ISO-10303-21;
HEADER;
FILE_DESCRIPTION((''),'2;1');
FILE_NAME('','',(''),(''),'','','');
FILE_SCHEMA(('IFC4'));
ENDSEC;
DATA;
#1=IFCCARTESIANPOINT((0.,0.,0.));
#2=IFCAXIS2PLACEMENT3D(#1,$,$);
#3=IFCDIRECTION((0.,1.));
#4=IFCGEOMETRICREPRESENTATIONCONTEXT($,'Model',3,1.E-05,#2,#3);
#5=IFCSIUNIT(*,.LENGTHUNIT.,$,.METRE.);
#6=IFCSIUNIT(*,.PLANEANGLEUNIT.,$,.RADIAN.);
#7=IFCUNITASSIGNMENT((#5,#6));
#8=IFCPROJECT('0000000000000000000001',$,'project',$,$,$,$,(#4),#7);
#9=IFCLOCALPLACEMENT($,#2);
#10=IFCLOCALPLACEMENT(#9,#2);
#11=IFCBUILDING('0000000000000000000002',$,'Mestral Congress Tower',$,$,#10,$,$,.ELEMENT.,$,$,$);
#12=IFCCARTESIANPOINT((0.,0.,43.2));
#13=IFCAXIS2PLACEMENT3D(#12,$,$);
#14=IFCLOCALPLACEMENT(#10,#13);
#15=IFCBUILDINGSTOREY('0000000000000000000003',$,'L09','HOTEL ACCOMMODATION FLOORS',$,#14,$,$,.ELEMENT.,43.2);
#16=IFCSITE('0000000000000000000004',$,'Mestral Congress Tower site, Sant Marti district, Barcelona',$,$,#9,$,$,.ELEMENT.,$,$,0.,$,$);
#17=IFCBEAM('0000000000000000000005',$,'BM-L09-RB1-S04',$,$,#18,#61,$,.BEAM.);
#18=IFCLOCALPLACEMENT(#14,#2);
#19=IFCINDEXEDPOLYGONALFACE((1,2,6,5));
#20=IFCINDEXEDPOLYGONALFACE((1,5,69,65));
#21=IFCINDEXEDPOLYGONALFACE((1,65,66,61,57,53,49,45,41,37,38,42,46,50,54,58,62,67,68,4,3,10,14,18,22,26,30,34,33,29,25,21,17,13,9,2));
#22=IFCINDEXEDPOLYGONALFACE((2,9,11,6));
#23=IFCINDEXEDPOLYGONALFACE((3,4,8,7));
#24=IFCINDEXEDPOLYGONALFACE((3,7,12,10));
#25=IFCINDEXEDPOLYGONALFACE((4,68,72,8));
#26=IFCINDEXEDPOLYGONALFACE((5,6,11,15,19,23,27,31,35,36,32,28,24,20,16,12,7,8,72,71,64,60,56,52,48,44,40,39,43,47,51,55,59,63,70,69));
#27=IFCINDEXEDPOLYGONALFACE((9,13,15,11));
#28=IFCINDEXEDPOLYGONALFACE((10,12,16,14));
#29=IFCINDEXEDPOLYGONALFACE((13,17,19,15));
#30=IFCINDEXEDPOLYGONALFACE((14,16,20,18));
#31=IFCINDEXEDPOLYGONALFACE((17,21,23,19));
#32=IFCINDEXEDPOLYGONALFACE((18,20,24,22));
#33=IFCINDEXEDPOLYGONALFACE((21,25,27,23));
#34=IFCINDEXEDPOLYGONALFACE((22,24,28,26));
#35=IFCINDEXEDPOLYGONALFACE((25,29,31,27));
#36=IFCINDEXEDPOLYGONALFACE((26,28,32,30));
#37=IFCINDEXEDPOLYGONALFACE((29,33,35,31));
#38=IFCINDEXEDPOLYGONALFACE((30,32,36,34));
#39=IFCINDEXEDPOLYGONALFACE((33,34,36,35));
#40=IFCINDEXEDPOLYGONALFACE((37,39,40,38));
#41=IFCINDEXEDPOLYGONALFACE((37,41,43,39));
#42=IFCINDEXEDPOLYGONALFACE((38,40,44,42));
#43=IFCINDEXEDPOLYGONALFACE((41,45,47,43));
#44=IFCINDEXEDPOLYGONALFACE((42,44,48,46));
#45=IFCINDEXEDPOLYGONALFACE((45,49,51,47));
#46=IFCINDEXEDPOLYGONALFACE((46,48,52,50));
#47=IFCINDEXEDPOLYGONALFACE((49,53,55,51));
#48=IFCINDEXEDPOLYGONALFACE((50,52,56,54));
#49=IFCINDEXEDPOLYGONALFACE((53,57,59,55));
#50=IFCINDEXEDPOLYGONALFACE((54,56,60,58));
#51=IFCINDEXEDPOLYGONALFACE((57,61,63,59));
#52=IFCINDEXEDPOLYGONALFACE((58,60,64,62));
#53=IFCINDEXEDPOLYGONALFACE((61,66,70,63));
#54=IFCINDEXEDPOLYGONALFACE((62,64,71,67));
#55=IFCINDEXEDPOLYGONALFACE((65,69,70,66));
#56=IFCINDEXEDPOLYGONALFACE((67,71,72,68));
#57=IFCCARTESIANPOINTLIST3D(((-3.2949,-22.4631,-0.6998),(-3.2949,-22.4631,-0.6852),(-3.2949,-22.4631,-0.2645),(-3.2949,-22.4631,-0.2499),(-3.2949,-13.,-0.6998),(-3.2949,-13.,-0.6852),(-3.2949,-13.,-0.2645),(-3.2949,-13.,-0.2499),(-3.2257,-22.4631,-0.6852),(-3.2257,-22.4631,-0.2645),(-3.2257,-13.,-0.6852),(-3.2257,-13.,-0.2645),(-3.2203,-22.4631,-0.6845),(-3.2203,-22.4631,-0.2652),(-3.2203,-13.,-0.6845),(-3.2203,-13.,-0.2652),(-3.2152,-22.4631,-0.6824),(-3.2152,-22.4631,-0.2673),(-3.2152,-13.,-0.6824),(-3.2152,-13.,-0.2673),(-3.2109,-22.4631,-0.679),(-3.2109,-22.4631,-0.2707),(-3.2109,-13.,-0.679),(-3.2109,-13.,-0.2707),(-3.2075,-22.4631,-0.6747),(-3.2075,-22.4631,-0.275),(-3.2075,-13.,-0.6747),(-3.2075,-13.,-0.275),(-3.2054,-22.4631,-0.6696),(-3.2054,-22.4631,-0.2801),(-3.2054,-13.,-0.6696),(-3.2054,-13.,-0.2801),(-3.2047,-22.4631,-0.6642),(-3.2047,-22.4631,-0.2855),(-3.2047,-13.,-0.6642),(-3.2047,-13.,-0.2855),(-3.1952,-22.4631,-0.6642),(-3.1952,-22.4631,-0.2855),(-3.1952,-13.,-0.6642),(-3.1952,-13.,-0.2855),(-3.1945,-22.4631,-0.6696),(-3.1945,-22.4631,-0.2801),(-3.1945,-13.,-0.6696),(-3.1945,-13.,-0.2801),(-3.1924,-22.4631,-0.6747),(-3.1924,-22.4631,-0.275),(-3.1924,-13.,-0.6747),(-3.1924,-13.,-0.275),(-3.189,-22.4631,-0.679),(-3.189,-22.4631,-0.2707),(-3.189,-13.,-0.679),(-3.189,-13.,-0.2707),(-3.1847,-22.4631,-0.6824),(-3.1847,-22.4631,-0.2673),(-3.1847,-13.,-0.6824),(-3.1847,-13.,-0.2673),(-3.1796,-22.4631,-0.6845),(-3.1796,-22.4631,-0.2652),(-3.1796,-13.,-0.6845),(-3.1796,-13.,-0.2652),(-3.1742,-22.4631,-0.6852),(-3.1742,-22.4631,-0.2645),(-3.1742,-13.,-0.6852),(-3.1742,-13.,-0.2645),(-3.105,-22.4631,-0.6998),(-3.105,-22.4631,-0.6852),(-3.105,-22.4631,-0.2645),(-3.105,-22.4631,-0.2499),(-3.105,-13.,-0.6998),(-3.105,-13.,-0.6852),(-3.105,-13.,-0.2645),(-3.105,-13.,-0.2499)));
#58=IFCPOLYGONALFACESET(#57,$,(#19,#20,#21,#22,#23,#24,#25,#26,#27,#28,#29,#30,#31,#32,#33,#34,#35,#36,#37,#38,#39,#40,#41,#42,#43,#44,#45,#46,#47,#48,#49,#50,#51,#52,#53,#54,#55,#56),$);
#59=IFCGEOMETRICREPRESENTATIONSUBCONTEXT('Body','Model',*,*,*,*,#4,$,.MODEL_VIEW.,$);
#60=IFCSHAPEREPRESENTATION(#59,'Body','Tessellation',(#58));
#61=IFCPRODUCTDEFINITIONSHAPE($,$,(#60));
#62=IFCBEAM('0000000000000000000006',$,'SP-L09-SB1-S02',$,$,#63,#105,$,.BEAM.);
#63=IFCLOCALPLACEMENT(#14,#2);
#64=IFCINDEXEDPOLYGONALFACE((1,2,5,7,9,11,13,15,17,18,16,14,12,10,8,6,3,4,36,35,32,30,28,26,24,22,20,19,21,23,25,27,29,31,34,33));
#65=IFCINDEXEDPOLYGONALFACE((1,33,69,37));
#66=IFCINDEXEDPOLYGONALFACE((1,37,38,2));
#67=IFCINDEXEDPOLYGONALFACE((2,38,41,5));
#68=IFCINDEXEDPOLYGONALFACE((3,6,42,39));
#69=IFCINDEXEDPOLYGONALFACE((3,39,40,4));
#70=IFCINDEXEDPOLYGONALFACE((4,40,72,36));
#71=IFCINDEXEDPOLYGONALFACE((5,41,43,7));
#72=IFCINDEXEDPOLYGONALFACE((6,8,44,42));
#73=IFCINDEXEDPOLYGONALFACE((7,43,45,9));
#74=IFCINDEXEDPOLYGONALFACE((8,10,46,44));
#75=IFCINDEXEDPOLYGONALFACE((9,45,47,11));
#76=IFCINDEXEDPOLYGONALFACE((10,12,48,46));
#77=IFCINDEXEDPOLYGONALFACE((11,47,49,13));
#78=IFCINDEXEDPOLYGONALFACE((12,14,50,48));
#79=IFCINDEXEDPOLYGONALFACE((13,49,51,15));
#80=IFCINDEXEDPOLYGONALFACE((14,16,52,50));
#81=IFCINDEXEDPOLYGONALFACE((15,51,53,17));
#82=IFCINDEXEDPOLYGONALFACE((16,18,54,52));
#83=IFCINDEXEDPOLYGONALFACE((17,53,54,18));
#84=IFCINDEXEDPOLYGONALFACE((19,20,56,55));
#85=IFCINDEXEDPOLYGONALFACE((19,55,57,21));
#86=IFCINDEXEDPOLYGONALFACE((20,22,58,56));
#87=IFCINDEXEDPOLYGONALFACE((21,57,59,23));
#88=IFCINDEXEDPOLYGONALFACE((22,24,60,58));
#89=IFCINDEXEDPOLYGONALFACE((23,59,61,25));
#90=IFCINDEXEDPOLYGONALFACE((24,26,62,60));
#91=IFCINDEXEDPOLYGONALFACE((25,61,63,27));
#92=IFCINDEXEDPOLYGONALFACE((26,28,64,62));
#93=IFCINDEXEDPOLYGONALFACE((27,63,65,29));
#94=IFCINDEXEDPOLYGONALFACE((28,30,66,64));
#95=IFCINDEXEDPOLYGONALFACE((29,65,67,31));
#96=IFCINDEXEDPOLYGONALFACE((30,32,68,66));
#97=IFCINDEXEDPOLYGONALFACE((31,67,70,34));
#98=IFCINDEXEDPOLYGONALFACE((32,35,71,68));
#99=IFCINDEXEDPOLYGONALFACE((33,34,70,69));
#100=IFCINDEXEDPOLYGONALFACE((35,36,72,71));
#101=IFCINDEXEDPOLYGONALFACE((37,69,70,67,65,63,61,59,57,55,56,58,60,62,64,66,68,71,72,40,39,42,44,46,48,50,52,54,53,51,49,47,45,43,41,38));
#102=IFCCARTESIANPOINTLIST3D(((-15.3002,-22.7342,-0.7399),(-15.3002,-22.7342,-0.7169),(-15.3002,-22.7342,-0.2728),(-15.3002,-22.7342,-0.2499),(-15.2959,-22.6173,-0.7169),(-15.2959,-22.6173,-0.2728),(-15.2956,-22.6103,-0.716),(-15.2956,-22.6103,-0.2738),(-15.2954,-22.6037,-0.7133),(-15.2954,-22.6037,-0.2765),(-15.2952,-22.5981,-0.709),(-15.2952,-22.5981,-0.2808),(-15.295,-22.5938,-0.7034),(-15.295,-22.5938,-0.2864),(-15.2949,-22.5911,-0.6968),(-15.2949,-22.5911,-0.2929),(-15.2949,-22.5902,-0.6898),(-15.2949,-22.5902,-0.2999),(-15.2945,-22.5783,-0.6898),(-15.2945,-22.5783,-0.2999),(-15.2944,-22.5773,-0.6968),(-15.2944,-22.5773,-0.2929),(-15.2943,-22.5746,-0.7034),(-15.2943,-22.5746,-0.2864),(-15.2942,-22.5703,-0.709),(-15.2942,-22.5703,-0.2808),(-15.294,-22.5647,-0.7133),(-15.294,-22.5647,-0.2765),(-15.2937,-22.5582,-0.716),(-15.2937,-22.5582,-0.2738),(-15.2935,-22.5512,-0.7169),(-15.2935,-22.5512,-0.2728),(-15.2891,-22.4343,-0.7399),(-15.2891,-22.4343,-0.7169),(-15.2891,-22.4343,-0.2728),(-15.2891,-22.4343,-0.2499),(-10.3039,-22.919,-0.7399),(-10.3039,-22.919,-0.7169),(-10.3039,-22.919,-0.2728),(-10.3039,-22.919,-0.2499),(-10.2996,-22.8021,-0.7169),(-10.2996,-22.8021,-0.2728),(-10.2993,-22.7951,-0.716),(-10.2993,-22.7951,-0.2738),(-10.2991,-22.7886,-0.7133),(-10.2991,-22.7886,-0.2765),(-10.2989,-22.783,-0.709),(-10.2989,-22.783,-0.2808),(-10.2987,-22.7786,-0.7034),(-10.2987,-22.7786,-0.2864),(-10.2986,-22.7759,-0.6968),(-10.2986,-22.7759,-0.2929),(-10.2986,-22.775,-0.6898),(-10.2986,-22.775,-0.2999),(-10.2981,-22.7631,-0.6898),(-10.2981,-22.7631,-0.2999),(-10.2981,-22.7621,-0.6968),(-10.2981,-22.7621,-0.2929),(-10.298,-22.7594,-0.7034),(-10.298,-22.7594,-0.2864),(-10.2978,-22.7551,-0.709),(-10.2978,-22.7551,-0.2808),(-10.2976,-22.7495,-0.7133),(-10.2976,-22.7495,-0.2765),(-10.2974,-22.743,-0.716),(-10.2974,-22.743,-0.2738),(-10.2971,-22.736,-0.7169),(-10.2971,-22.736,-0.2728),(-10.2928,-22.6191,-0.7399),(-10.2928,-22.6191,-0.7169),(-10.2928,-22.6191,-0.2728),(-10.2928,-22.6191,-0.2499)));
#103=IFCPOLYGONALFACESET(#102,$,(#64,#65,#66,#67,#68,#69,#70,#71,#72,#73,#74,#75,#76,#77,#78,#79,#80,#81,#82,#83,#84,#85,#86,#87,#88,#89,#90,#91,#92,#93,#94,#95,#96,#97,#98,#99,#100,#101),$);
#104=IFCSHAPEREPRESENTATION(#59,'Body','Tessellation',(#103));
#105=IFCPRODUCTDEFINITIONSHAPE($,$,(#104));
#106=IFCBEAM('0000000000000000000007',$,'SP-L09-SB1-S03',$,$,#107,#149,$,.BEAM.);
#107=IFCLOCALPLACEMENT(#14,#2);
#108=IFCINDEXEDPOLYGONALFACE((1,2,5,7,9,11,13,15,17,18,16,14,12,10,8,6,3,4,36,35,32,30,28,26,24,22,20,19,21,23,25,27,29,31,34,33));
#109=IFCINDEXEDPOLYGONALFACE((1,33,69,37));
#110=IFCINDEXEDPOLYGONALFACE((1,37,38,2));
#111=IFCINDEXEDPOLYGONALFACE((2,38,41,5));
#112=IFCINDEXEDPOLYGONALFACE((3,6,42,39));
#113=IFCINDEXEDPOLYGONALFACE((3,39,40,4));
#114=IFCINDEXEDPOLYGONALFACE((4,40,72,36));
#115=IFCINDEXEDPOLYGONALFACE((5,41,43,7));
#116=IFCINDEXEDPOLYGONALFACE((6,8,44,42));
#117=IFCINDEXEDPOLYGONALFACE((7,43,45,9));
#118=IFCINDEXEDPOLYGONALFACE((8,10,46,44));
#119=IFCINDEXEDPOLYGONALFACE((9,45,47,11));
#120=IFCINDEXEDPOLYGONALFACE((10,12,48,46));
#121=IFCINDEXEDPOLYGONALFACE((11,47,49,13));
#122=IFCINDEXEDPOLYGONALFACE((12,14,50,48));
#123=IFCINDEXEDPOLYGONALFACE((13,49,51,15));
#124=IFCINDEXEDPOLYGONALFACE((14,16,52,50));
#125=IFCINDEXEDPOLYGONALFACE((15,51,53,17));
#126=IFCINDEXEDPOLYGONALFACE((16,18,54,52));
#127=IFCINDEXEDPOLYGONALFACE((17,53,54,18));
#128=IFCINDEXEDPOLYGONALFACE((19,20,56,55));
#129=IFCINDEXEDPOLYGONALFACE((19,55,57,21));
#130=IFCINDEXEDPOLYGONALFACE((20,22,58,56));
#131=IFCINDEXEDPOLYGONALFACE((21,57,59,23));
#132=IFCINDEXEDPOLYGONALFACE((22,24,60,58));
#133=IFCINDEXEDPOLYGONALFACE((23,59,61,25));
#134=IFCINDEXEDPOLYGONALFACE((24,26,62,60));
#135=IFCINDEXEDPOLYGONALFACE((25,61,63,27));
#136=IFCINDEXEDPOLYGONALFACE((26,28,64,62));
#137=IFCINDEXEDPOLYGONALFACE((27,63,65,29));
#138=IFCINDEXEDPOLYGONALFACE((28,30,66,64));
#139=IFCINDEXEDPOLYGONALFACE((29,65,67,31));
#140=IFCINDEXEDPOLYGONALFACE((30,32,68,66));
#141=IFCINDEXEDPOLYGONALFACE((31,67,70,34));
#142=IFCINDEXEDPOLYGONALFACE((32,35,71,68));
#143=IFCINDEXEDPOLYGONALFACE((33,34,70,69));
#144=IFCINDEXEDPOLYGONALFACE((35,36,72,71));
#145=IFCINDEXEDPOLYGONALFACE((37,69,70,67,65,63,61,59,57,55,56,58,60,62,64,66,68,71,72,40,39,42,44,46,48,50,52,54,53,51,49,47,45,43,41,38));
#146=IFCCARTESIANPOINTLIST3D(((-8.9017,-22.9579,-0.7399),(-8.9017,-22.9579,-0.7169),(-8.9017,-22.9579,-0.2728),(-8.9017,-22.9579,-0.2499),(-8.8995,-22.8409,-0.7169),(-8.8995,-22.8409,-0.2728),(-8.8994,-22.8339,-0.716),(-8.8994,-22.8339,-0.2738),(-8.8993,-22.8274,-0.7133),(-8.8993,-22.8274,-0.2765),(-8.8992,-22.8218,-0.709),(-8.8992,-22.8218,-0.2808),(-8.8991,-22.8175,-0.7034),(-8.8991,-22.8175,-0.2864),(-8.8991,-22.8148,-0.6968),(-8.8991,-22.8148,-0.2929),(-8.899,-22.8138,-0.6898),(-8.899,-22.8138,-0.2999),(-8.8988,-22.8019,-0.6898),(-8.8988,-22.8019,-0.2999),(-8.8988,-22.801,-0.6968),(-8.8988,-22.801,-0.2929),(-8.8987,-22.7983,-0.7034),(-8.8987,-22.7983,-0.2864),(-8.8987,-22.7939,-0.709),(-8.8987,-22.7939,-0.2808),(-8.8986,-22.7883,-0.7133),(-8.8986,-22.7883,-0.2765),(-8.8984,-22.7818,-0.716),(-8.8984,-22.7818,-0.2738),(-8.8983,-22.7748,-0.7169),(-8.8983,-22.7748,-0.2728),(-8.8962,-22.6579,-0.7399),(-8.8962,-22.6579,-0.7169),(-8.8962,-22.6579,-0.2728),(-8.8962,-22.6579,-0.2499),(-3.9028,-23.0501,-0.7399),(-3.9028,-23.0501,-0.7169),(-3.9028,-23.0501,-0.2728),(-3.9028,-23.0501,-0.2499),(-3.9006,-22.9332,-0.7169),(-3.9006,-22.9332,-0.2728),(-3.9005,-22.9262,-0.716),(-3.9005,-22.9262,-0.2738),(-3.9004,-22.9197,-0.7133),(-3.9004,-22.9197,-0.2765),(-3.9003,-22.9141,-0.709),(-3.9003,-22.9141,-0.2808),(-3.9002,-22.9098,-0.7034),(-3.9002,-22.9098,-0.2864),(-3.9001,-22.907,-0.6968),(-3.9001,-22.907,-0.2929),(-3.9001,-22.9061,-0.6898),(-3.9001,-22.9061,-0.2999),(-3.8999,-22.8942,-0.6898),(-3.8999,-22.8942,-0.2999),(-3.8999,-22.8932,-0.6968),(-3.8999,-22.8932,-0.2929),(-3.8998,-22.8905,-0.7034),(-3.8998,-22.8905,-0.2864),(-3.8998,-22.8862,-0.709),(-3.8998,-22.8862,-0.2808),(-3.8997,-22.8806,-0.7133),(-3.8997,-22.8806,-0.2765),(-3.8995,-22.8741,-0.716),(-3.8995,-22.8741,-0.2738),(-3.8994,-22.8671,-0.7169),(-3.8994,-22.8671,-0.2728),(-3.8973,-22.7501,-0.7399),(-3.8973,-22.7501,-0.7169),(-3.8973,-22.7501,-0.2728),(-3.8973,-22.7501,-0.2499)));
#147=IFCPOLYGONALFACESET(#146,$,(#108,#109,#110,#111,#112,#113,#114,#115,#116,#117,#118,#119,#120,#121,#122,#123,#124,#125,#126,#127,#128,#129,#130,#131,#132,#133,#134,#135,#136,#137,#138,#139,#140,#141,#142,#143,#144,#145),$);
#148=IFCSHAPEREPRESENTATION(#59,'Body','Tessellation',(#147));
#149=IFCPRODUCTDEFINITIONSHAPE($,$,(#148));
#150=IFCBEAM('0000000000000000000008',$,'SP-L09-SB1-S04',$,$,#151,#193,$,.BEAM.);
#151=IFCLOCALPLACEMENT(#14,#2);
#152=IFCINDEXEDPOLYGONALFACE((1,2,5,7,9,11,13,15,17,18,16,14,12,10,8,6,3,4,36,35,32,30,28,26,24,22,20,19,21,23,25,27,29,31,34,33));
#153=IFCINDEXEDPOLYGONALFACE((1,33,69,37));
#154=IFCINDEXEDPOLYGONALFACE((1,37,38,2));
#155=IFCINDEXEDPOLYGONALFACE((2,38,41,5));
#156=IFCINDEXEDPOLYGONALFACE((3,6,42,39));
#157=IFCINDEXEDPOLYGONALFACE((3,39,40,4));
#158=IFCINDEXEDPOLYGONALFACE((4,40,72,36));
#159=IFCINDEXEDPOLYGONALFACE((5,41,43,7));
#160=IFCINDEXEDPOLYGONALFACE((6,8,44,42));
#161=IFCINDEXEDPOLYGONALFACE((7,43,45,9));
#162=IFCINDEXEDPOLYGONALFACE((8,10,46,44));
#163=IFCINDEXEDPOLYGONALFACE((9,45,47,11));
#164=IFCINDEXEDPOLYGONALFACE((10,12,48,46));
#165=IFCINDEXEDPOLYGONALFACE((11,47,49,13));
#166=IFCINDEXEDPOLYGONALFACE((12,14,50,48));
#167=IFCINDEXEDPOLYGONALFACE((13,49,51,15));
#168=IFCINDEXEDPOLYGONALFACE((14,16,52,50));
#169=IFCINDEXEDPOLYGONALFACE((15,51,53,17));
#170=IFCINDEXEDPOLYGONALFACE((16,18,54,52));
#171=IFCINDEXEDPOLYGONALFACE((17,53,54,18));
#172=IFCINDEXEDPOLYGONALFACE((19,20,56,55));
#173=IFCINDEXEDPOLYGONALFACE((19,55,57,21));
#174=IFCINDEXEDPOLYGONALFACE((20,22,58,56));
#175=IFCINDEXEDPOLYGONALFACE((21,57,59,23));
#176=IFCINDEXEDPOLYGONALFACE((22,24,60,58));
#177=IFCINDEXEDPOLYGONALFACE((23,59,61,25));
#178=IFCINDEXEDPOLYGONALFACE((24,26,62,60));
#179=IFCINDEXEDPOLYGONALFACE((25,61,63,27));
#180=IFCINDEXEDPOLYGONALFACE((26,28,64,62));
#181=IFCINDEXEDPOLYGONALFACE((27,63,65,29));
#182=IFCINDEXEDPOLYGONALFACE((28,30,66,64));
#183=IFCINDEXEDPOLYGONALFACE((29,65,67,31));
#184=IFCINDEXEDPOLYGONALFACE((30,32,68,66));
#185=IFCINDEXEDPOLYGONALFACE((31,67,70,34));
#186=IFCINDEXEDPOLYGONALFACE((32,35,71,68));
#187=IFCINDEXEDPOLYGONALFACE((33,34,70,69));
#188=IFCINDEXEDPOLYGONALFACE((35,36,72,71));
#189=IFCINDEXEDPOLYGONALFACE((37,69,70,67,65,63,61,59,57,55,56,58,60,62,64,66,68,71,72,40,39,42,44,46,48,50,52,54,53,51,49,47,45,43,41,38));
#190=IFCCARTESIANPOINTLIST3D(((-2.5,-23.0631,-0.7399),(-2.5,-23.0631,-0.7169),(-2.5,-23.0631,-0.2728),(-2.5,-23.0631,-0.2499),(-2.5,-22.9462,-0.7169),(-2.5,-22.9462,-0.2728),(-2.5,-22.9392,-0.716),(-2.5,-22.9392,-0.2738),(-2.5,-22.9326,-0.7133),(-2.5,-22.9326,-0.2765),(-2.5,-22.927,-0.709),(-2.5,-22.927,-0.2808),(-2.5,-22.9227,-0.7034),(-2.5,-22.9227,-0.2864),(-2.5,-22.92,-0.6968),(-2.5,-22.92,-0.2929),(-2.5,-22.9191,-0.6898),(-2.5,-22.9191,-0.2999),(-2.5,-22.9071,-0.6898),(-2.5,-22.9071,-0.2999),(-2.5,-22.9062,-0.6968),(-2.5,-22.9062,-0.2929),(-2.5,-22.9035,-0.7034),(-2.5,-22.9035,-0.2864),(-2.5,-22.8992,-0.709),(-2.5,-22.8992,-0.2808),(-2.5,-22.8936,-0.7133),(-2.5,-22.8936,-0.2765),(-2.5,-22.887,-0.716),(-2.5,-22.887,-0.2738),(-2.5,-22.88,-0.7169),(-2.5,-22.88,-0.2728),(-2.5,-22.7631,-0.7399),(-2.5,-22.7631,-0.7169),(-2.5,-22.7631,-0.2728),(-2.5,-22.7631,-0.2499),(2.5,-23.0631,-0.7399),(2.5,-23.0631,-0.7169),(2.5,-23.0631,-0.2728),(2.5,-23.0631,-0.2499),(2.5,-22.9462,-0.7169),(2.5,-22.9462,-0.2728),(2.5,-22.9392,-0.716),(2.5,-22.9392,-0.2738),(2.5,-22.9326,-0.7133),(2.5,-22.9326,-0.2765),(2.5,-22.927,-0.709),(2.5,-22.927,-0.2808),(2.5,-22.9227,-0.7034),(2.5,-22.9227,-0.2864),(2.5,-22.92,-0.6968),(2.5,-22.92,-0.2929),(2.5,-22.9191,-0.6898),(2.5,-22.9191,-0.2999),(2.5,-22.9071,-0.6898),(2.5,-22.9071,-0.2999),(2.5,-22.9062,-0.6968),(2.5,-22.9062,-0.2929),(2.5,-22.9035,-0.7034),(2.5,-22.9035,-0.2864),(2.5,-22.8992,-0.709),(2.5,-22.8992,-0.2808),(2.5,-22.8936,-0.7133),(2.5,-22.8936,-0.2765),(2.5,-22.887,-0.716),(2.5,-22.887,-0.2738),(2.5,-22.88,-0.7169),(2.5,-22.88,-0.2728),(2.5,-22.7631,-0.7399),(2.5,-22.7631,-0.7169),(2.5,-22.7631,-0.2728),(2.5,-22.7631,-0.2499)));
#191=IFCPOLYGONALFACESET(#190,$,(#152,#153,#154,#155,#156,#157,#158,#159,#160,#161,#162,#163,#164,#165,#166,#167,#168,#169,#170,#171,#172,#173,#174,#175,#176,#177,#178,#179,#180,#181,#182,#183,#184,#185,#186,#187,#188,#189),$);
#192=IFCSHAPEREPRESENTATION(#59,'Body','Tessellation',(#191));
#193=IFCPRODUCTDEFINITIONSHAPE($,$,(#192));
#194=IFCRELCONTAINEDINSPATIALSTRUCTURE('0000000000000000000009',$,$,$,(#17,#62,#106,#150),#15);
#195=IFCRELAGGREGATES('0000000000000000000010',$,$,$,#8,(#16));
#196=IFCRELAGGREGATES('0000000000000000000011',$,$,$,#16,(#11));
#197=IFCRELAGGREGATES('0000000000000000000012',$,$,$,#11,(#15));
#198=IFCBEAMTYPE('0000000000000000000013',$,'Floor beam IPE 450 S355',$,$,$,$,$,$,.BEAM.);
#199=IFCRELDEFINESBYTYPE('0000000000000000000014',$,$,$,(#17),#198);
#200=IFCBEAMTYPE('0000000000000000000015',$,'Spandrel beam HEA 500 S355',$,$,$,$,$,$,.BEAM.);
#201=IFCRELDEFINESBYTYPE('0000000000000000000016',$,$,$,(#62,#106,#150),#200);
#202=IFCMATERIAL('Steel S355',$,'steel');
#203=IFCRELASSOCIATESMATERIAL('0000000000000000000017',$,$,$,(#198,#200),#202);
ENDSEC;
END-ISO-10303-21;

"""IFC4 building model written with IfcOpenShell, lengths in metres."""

from ifc_helpers import new_model, si_unit, direction, frame, origin, origin_2d, place, context, subcontext, project, spatial, i_section, extrude, material, material_profile, profile_set, type_object, element, save


model = new_model("IFC4")

# Units and contexts
model_context = context("Model", 3, precision=1e-05, world=origin(), true_north=direction((0.0, 1.0)))
body_context = subcontext(model_context, "Body", "Model", "MODEL_VIEW")
ifc_project = project(units=[si_unit("LENGTHUNIT", "METRE"), si_unit("PLANEANGLEUNIT", "RADIAN")], contexts=[model_context])

# Site, building, storey
site_placement = place(None, origin())
site = spatial("IfcSite", under=ifc_project, at=site_placement, Name="Mestral Congress Tower site, Sant Marti district, Barcelona", CompositionType="ELEMENT", RefElevation=0.0)
building_placement = place(site_placement, origin())
building = spatial("IfcBuilding", under=site, at=building_placement, Name="Mestral Congress Tower", CompositionType="ELEMENT")
storey_placement = place(building_placement, frame((0.0, 0.0, 43.2)))
storey = spatial("IfcBuildingStorey", under=building, at=storey_placement, Name="L09", Description="HOTEL ACCOMMODATION FLOORS", CompositionType="ELEMENT", Elevation=43.2)

# Beams
ifc_material_1 = material(Name="Steel S355", Category="steel")
ifc_material_profile_1 = material_profile(ifc_material_1, i_section(OverallWidth=0.1899, OverallDepth=0.45, WebThickness=0.0095, FlangeThickness=0.0146, FilletRadius=0.021, at=origin_2d()), Name="IPE 450")
ifc_profile_set_1 = profile_set([ifc_material_profile_1], Name="Steel S355")
beam_type_1 = type_object("IfcBeamType", Name="Floor beam IPE 450 S355", PredefinedType="BEAM", material=ifc_profile_set_1)
beam_1_placement = place(storey_placement, frame((-3.2, -22.4631, -0.4749), z_axis=(0.0, 1.0, 0.0), x_axis=(-1.0, 0.0, 0.0)))
element("IfcBeam", 1, at=beam_1_placement, inside=storey, type_object=beam_type_1, Name="BM-L09-RB1-S04", PredefinedType="BEAM", context=body_context, shape_type="SweptSolid", body=[
    extrude(i_section(OverallWidth=0.1899, OverallDepth=0.45, WebThickness=0.0095, FlangeThickness=0.0146, FilletRadius=0.021, at=origin_2d()), origin(), (0.0, 0.0, 1.0), 9.4631),
])
ifc_material_profile_2 = material_profile(ifc_material_1, i_section(OverallWidth=0.3, OverallDepth=0.49, WebThickness=0.012, FlangeThickness=0.0229, FilletRadius=0.0271, at=origin_2d()), Name="HEA 500")
ifc_profile_set_2 = profile_set([ifc_material_profile_2], Name="Steel S355")
beam_type_2 = type_object("IfcBeamType", Name="Spandrel beam HEA 500 S355", PredefinedType="BEAM", material=ifc_profile_set_2)
for number, where, z_axis, x_axis, name in (
    (2, (-15.2947, -22.5842, -0.4949), (0.999317, -0.036965, 0.0), (0.036965, 0.999317, 0.0), "SP-L09-SB1-S02"),
    (3, (-8.8989, -22.8079, -0.4949), (0.99983, -0.018457, 0.0), (0.018457, 0.99983, 0.0), "SP-L09-SB1-S03"),
):
    element("IfcBeam", number, at=place(storey_placement, frame(where, z_axis=z_axis, x_axis=x_axis)), inside=storey, type_object=beam_type_2, Name=name, PredefinedType="BEAM", context=body_context, shape_type="SweptSolid", body=[
        extrude(i_section(OverallWidth=0.3, OverallDepth=0.49, WebThickness=0.012, FlangeThickness=0.0229, FilletRadius=0.0271, at=origin_2d()), origin(), (0.0, 0.0, 1.0), 4.9998),
    ])
beam_2_placement = place(storey_placement, frame((-2.5, -22.9131, -0.4949), z_axis=(1.0, 0.0, 0.0), x_axis=(0.0, 1.0, 0.0)))
element("IfcBeam", 4, at=beam_2_placement, inside=storey, type_object=beam_type_2, Name="SP-L09-SB1-S04", PredefinedType="BEAM", context=body_context, shape_type="SweptSolid", body=[
    extrude(i_section(OverallWidth=0.3, OverallDepth=0.49, WebThickness=0.012, FlangeThickness=0.0229, FilletRadius=0.0271, at=origin_2d()), origin(), (0.0, 0.0, 1.0), 5.0),
])

save(model, "model.ifc")
